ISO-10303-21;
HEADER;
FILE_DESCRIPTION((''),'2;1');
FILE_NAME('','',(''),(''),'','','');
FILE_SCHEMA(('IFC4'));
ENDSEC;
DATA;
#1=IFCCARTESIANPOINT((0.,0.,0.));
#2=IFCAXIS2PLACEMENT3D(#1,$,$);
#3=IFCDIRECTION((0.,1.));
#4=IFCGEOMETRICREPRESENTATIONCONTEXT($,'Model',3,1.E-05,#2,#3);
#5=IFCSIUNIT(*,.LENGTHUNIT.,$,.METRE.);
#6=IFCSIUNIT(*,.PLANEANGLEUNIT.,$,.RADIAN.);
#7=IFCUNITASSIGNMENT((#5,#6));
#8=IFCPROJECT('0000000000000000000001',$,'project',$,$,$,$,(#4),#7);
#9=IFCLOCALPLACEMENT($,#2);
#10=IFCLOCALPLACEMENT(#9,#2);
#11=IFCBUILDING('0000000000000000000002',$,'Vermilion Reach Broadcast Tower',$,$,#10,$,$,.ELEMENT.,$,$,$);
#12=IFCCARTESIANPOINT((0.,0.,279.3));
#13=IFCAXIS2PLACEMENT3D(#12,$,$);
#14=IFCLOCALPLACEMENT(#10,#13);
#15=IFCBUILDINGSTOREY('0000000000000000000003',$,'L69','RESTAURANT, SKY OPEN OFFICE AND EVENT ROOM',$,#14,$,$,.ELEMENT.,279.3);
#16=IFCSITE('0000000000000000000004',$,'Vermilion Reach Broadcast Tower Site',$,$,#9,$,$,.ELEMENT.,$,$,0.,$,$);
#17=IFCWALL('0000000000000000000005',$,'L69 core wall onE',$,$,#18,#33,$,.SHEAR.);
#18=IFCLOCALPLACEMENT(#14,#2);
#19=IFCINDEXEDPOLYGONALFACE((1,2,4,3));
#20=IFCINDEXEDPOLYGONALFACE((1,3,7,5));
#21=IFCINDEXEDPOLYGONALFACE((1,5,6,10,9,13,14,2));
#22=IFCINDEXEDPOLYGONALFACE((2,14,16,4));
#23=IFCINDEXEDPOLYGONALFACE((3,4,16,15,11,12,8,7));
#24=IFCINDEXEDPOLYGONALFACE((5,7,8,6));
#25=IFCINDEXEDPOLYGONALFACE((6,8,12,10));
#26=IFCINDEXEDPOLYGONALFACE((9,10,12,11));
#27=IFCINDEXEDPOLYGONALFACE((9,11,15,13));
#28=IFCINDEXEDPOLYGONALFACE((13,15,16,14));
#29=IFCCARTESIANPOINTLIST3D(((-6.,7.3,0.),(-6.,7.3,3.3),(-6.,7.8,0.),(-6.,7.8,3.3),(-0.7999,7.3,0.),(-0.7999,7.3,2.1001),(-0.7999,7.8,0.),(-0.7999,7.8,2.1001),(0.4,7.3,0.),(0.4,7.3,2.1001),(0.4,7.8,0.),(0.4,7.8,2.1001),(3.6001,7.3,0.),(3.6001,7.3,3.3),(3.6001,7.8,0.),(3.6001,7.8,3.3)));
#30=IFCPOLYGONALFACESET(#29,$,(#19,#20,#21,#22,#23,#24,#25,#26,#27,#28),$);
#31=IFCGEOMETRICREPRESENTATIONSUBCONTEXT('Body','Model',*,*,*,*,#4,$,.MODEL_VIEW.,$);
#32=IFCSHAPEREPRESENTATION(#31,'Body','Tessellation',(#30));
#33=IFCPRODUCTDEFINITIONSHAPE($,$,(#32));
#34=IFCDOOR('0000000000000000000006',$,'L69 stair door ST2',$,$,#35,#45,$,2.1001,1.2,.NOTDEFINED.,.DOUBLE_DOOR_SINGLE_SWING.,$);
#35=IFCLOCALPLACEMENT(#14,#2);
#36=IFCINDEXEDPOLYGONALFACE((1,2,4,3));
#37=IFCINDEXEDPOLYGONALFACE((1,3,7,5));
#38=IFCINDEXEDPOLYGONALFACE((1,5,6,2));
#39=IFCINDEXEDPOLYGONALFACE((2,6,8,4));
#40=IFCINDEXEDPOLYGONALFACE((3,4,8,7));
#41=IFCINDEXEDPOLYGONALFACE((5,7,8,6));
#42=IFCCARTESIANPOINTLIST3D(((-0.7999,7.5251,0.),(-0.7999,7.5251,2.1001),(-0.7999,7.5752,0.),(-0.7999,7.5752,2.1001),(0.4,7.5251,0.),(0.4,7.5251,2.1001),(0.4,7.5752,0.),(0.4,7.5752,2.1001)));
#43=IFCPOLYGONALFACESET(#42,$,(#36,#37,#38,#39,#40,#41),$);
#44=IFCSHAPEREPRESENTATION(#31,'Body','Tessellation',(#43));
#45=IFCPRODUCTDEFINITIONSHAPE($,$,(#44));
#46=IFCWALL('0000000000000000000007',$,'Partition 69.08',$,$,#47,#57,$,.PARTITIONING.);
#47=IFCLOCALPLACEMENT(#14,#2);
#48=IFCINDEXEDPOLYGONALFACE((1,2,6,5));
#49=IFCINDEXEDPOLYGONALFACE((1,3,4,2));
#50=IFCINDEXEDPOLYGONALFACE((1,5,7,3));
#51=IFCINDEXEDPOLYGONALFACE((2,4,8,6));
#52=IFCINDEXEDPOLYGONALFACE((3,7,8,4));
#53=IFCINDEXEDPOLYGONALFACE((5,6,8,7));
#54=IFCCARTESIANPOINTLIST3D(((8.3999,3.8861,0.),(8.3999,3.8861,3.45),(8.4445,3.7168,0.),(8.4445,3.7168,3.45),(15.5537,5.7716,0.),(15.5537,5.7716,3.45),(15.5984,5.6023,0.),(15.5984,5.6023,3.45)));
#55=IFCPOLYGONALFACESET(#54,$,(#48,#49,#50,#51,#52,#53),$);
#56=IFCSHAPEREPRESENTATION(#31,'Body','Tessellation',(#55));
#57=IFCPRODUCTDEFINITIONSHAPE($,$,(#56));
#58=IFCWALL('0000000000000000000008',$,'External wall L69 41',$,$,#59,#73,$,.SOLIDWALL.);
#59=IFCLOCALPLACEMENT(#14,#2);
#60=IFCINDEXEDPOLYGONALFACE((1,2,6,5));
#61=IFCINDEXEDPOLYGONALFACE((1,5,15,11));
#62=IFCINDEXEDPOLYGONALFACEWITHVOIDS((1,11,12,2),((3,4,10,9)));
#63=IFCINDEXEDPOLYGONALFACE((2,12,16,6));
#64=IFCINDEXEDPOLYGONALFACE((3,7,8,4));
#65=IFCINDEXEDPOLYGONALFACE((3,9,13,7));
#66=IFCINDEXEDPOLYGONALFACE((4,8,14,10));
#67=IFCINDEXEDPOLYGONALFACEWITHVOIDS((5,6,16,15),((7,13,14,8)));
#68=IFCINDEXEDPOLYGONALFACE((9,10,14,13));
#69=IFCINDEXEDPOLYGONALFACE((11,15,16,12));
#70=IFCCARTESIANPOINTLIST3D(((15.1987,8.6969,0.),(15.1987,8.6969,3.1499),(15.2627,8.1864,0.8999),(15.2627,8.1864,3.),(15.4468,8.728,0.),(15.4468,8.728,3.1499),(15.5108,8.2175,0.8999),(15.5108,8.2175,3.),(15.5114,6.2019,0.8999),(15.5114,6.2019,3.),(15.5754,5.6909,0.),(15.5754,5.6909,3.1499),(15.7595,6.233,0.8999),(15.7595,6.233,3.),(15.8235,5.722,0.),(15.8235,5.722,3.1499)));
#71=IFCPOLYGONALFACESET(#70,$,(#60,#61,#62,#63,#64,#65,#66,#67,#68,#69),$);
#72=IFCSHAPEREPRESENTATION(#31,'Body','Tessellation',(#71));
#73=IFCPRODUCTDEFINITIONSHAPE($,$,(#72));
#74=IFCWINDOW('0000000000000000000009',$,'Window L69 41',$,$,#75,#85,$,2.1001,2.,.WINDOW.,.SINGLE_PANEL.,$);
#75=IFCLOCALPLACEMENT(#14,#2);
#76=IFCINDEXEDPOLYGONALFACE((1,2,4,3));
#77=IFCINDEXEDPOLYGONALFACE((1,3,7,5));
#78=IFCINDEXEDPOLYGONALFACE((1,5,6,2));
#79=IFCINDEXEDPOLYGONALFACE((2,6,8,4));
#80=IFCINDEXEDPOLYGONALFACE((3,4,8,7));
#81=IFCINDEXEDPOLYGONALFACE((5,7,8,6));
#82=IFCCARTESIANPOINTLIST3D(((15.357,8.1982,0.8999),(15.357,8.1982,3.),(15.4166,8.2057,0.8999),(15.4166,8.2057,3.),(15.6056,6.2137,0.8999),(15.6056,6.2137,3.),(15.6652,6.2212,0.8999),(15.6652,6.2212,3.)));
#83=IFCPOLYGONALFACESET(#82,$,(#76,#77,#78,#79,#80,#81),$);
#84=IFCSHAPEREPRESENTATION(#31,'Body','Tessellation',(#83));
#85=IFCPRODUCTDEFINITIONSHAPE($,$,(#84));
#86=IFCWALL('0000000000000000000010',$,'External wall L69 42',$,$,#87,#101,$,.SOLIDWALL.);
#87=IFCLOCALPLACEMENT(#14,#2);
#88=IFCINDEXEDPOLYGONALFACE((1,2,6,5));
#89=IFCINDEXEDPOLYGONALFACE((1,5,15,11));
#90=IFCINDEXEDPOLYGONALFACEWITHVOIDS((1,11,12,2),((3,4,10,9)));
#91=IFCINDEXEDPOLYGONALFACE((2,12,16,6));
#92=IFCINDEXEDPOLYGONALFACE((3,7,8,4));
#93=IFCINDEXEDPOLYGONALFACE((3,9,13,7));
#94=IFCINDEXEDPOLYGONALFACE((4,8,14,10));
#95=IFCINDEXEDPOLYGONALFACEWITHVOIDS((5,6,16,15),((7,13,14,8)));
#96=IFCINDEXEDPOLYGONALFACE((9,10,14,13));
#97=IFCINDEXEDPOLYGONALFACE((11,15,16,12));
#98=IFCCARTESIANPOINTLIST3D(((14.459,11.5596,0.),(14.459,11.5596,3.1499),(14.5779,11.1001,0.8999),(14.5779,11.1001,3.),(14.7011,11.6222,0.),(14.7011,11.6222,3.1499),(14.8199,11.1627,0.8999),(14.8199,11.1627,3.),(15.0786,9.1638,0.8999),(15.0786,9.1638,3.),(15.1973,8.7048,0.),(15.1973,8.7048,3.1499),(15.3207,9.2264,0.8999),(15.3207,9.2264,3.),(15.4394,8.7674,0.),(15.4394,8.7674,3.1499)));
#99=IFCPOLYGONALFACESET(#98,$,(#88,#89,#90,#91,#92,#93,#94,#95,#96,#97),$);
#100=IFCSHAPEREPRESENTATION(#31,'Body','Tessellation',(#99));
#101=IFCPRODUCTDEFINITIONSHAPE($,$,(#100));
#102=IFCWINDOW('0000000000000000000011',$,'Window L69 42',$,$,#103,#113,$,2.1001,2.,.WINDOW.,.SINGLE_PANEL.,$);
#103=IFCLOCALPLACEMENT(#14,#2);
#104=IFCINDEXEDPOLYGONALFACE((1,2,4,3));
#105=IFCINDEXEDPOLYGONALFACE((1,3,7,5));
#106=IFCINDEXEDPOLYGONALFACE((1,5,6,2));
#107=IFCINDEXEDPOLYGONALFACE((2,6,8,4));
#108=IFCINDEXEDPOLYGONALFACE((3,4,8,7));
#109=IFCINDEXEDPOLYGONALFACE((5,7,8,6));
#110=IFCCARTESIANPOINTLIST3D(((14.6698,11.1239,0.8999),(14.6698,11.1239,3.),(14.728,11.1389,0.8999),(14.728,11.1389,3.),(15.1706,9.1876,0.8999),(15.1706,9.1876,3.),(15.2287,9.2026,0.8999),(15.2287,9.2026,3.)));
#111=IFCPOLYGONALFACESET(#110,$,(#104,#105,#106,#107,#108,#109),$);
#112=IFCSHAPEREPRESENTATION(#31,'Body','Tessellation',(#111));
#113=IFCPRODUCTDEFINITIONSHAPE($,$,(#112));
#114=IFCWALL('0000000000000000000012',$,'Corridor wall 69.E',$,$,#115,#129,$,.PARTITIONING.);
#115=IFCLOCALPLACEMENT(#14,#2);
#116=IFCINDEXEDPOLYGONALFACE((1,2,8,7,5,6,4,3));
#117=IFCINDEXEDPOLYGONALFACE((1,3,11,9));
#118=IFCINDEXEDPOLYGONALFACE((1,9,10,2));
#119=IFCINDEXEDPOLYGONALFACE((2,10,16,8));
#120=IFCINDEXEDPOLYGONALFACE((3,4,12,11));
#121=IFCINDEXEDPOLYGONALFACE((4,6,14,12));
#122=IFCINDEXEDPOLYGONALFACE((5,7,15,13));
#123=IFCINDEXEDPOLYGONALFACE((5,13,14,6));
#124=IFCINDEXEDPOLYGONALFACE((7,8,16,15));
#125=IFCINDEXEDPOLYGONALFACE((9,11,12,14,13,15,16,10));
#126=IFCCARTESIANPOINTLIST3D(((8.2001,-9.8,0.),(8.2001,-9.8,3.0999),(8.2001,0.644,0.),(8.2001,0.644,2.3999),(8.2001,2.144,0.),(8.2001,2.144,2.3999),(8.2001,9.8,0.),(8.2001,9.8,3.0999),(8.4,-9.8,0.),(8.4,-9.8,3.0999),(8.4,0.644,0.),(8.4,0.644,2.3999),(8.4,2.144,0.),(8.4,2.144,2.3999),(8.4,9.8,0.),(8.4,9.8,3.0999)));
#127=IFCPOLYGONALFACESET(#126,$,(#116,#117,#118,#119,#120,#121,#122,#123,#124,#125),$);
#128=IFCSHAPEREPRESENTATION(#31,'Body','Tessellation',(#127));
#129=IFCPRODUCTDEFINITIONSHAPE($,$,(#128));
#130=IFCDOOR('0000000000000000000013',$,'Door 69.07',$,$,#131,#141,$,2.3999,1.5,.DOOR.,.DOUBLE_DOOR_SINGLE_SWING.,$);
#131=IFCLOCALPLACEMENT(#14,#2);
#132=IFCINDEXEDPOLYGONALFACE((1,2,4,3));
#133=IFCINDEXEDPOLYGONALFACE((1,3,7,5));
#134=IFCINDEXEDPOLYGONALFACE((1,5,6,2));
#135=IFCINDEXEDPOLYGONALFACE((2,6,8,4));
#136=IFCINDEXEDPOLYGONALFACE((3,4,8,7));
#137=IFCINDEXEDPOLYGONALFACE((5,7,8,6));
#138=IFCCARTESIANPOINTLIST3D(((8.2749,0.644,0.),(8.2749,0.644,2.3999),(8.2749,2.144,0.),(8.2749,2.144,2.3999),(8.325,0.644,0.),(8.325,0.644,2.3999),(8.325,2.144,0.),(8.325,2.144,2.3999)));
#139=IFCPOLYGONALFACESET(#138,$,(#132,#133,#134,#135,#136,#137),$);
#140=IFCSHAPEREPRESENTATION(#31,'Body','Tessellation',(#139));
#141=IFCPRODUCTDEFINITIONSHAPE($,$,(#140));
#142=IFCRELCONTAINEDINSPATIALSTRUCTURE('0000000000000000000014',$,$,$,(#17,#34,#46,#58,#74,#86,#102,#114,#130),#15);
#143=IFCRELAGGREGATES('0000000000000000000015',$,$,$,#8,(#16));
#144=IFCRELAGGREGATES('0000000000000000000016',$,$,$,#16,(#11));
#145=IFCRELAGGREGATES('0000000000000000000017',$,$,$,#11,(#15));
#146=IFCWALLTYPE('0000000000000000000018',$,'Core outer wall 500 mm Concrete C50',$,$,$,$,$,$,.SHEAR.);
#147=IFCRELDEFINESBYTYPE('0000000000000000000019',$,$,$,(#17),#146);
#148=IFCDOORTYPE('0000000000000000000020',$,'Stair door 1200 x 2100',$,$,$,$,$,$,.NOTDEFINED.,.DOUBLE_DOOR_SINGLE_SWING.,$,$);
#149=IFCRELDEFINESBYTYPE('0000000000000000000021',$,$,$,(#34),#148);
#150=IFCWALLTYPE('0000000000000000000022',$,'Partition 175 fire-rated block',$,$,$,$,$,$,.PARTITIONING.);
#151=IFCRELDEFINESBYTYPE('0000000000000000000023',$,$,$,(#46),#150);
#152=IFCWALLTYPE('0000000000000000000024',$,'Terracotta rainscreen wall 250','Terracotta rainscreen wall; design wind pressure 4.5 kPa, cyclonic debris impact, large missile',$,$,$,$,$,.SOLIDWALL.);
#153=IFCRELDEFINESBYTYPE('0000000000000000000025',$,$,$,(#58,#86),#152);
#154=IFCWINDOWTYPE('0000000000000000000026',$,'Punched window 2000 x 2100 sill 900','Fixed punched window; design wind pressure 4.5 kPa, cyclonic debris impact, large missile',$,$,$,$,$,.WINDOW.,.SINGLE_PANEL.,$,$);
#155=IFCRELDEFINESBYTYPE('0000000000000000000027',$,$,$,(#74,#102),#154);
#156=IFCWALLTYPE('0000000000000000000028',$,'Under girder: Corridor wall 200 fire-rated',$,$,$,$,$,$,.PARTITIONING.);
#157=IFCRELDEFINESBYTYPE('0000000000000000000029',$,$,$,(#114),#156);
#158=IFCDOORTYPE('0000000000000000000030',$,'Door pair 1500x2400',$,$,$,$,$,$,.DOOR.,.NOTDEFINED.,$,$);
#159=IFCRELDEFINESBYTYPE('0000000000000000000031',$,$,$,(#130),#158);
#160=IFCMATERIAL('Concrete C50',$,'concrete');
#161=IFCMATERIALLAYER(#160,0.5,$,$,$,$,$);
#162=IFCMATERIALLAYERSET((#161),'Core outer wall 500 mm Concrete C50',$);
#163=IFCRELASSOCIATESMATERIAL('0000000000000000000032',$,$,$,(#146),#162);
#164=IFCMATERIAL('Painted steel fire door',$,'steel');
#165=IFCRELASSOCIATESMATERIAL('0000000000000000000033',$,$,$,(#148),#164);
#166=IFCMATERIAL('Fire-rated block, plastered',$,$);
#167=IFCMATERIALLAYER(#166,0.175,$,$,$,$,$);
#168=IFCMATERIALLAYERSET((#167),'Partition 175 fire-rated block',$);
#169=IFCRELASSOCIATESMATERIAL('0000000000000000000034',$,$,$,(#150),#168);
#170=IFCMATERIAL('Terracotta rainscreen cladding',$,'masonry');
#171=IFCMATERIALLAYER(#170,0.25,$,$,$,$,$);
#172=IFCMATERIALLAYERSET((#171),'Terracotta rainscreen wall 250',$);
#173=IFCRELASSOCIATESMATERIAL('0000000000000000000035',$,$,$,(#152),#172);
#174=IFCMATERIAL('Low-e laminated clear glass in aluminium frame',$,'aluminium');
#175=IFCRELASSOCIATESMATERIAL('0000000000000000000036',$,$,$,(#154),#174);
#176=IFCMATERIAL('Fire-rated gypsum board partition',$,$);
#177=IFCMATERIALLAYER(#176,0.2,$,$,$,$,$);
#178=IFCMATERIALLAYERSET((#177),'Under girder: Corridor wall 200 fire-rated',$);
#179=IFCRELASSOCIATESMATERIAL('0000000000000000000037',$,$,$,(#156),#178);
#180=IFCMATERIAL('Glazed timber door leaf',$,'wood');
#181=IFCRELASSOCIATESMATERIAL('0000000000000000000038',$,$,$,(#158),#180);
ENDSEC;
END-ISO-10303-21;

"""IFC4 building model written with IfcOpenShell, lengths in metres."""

from ifc_helpers import new_model, si_unit, direction, frame, frame_2d, origin, place, context, subcontext, project, spatial, rectangle, extrude, material, layer, layer_set, type_object, element, fill, save


model = new_model("IFC4")

# Units and contexts
model_context = context("Model", 3, precision=1e-05, world=origin(), true_north=direction((0.0, 1.0)))
body_context = subcontext(model_context, "Body", "Model", "MODEL_VIEW")
ifc_project = project(units=[si_unit("LENGTHUNIT", "METRE"), si_unit("PLANEANGLEUNIT", "RADIAN")], contexts=[model_context])

# Site, building, storey
site_placement = place(None, origin())
site = spatial("IfcSite", under=ifc_project, at=site_placement, Name="Vermilion Reach Broadcast Tower Site", CompositionType="ELEMENT", RefElevation=0.0)
building_placement = place(site_placement, origin())
building = spatial("IfcBuilding", under=site, at=building_placement, Name="Vermilion Reach Broadcast Tower", CompositionType="ELEMENT")
storey_placement = place(building_placement, frame((0.0, 0.0, 279.3)))
storey = spatial("IfcBuildingStorey", under=building, at=storey_placement, Name="L69", Description="RESTAURANT, SKY OPEN OFFICE AND EVENT ROOM", CompositionType="ELEMENT", Elevation=279.3)

# Wall, opening, door
ifc_material_1 = material(Name="Concrete C50", Category="concrete")
ifc_layer_1 = layer(ifc_material_1, 0.5)
ifc_layer_set_1 = layer_set([ifc_layer_1], Name="Core outer wall 500 mm Concrete C50")
wall_type_1 = type_object("IfcWallType", Name="Core outer wall 500 mm Concrete C50", PredefinedType="SHEAR", material=ifc_layer_set_1)
wall_1_placement = place(storey_placement, frame((3.6001, 7.55, 0.0), z_axis=(0.0, 0.0, 1.0), x_axis=(-1.0, 0.0, 0.0)))
wall_1 = element("IfcWall", 1, at=wall_1_placement, inside=storey, type_object=wall_type_1, Name="L69 core wall onE", PredefinedType="SHEAR", context=body_context, shape_type="SweptSolid", body=[
    extrude(rectangle(XDim=9.6001, YDim=0.5, at=frame_2d((4.8, 0.0))), origin(), (0.0, 0.0, 1.0), 3.3),
])
opening_1_placement = place(wall_1_placement, frame((3.2, 0.0, 0.0)))
opening_1 = element("IfcOpeningElement", 2, at=opening_1_placement, cuts=wall_1, PredefinedType="OPENING", context=body_context, shape_type="SweptSolid", body=[
    extrude(rectangle(XDim=1.2, YDim=2.1001, at=frame_2d((0.6001, 1.05))), frame((0.0, 0.26, 0.0), z_axis=(0.0, -1.0, 0.0), x_axis=(1.0, 0.0, 0.0)), (0.0, 0.0, 1.0), 0.52),
])
ifc_material_2 = material(Name="Painted steel fire door", Category="steel")
door_type_1 = type_object("IfcDoorType", Name="Stair door 1200 x 2100", OperationType="DOUBLE_DOOR_SINGLE_SWING", PredefinedType="NOTDEFINED", material=ifc_material_2)
door_1_placement = place(opening_1_placement, origin())
door_1 = element("IfcDoor", 3, at=door_1_placement, inside=storey, type_object=door_type_1, Name="L69 stair door ST2", OperationType="DOUBLE_DOOR_SINGLE_SWING", OverallHeight=2.1001, OverallWidth=1.2, PredefinedType="NOTDEFINED", context=body_context, shape_type="SweptSolid", body=[
    extrude(rectangle(XDim=1.2, YDim=2.1001, at=frame_2d((0.6001, 1.05))), frame((0.0, 0.0249, 0.0), z_axis=(0.0, -1.0, 0.0), x_axis=(1.0, 0.0, 0.0)), (0.0, 0.0, 1.0), 0.05),
])
fill(opening_1, door_1)

# Wall
ifc_material_3 = material(Name="Fire-rated block, plastered")
ifc_layer_2 = layer(ifc_material_3, 0.175)
ifc_layer_set_2 = layer_set([ifc_layer_2], Name="Partition 175 fire-rated block")
wall_type_2 = type_object("IfcWallType", Name="Partition 175 fire-rated block", PredefinedType="PARTITIONING", material=ifc_layer_set_2)
wall_2_placement = place(storey_placement, frame((15.5762, 5.687, 0.0), z_axis=(0.0, 0.0, 1.0), x_axis=(-0.966977, -0.254862, 0.0)))
element("IfcWall", 4, at=wall_2_placement, inside=storey, type_object=wall_type_2, Name="Partition 69.08", PredefinedType="PARTITIONING", context=body_context, shape_type="SweptSolid", body=[
    extrude(rectangle(XDim=7.3982, YDim=0.175, at=frame_2d((3.6992, 0.0))), origin(), (0.0, 0.0, 1.0), 3.45),
])

# Shared definitions
ifc_material_4 = material(Name="Terracotta rainscreen cladding", Category="masonry")
ifc_layer_3 = layer(ifc_material_4, 0.25)
ifc_layer_set_3 = layer_set([ifc_layer_3], Name="Terracotta rainscreen wall 250")
wall_type_3 = type_object("IfcWallType", Name="Terracotta rainscreen wall 250", Description="Terracotta rainscreen wall; design wind pressure 4.5 kPa, cyclonic debris impact, large missile", PredefinedType="SOLIDWALL", material=ifc_layer_set_3)

# Walls, openings, windows
wall_3_placement = place(storey_placement, frame((15.6995, 5.7065, 0.0), z_axis=(0.0, 0.0, 1.0), x_axis=(-0.124342, 0.992239, 0.0)))
wall_3 = element("IfcWall", 5, at=wall_3_placement, inside=storey, type_object=wall_type_3, Name="External wall L69 41", PredefinedType="SOLIDWALL", context=body_context, shape_type="SweptSolid", body=[
    extrude(rectangle(XDim=3.0295, YDim=0.25, at=frame_2d((1.5146, 0.0))), origin(), (0.0, 0.0, 1.0), 3.1499),
])
opening_2_placement = place(wall_3_placement, frame((0.5149, 0.0, 0.8999)))
opening_2 = element("IfcOpeningElement", 6, at=opening_2_placement, cuts=wall_3, PredefinedType="OPENING", context=body_context, shape_type="SweptSolid", body=[
    extrude(rectangle(XDim=2.0, YDim=2.1001, at=frame_2d((1.0, 1.05))), frame((0.0, 0.135, 0.0), z_axis=(0.0, -1.0, 0.0), x_axis=(1.0, 0.0, 0.0)), (0.0, 0.0, 1.0), 0.27),
])
ifc_material_5 = material(Name="Low-e laminated clear glass in aluminium frame", Category="aluminium")
window_type = type_object("IfcWindowType", Name="Punched window 2000 x 2100 sill 900", Description="Fixed punched window; design wind pressure 4.5 kPa, cyclonic debris impact, large missile", PartitioningType="SINGLE_PANEL", PredefinedType="WINDOW", material=ifc_material_5)
window_1_placement = place(opening_2_placement, origin())
window_1 = element("IfcWindow", 7, at=window_1_placement, inside=storey, type_object=window_type, Name="Window L69 41", OverallHeight=2.1001, OverallWidth=2.0, PartitioningType="SINGLE_PANEL", PredefinedType="WINDOW", context=body_context, shape_type="SweptSolid", body=[
    extrude(rectangle(XDim=2.0, YDim=2.1001, at=frame_2d((1.0, 1.05))), frame((0.0, 0.03, 0.0), z_axis=(0.0, -1.0, 0.0), x_axis=(1.0, 0.0, 0.0)), (0.0, 0.0, 1.0), 0.0601),
])
fill(opening_2, window_1)
wall_4_placement = place(storey_placement, frame((15.3184, 8.7361, 0.0), z_axis=(0.0, 0.0, 1.0), x_axis=(-0.250379, 0.968148, 0.0)))
wall_4 = element("IfcWall", 8, at=wall_4_placement, inside=storey, type_object=wall_type_3, Name="External wall L69 42", PredefinedType="SOLIDWALL", context=body_context, shape_type="SweptSolid", body=[
    extrude(rectangle(XDim=2.9487, YDim=0.25, at=frame_2d((1.4744, 0.0))), origin(), (0.0, 0.0, 1.0), 3.1499),
])
opening_3_placement = place(wall_4_placement, frame((0.4741, 0.0, 0.8999)))
opening_3 = element("IfcOpeningElement", 9, at=opening_3_placement, cuts=wall_4, PredefinedType="OPENING", context=body_context, shape_type="SweptSolid", body=[
    extrude(rectangle(XDim=2.0, YDim=2.1001, at=frame_2d((1.0, 1.05))), frame((0.0, 0.135, 0.0), z_axis=(0.0, -1.0, 0.0), x_axis=(1.0, 0.0, 0.0)), (0.0, 0.0, 1.0), 0.27),
])
window_2_placement = place(opening_3_placement, origin())
window_2 = element("IfcWindow", 10, at=window_2_placement, inside=storey, type_object=window_type, Name="Window L69 42", OverallHeight=2.1001, OverallWidth=2.0, PartitioningType="SINGLE_PANEL", PredefinedType="WINDOW", context=body_context, shape_type="SweptSolid", body=[
    extrude(rectangle(XDim=2.0, YDim=2.1001, at=frame_2d((1.0, 1.05))), frame((0.0, 0.03, 0.0), z_axis=(0.0, -1.0, 0.0), x_axis=(1.0, 0.0, 0.0)), (0.0, 0.0, 1.0), 0.0601),
])
fill(opening_3, window_2)

# Wall, opening, door
ifc_material_6 = material(Name="Fire-rated gypsum board partition")
ifc_layer_4 = layer(ifc_material_6, 0.2)
ifc_layer_set_4 = layer_set([ifc_layer_4], Name="Under girder: Corridor wall 200 fire-rated")
wall_type_4 = type_object("IfcWallType", Name="Under girder: Corridor wall 200 fire-rated", PredefinedType="PARTITIONING", material=ifc_layer_set_4)
wall_5_placement = place(storey_placement, frame((8.3, 9.8, 0.0), z_axis=(0.0, 0.0, 1.0), x_axis=(0.0, -1.0, 0.0)))
wall_5 = element("IfcWall", 11, at=wall_5_placement, inside=storey, type_object=wall_type_4, Name="Corridor wall 69.E", PredefinedType="PARTITIONING", context=body_context, shape_type="SweptSolid", body=[
    extrude(rectangle(XDim=19.6001, YDim=0.2, at=frame_2d((9.8, 0.0))), origin(), (0.0, 0.0, 1.0), 3.0999),
])
opening_4_placement = place(wall_5_placement, frame((7.656, 0.0, 0.0)))
opening_4 = element("IfcOpeningElement", 12, at=opening_4_placement, cuts=wall_5, PredefinedType="OPENING", context=body_context, shape_type="SweptSolid", body=[
    extrude(rectangle(XDim=1.5, YDim=2.3999, at=frame_2d((0.75, 1.2))), frame((0.0, 0.1099, 0.0), z_axis=(0.0, -1.0, 0.0), x_axis=(1.0, 0.0, 0.0)), (0.0, 0.0, 1.0), 0.22),
])
ifc_material_7 = material(Name="Glazed timber door leaf", Category="wood")
door_type_2 = type_object("IfcDoorType", Name="Door pair 1500x2400", OperationType="NOTDEFINED", PredefinedType="DOOR", material=ifc_material_7)
door_2_placement = place(opening_4_placement, origin())
door_2 = element("IfcDoor", 13, at=door_2_placement, inside=storey, type_object=door_type_2, Name="Door 69.07", OperationType="DOUBLE_DOOR_SINGLE_SWING", OverallHeight=2.3999, OverallWidth=1.5, PredefinedType="DOOR", context=body_context, shape_type="SweptSolid", body=[
    extrude(rectangle(XDim=1.5, YDim=2.3999, at=frame_2d((0.75, 1.2))), frame((0.0, 0.0249, 0.0), z_axis=(0.0, -1.0, 0.0), x_axis=(1.0, 0.0, 0.0)), (0.0, 0.0, 1.0), 0.05),
])
fill(opening_4, door_2)

save(model, "model.ifc")
